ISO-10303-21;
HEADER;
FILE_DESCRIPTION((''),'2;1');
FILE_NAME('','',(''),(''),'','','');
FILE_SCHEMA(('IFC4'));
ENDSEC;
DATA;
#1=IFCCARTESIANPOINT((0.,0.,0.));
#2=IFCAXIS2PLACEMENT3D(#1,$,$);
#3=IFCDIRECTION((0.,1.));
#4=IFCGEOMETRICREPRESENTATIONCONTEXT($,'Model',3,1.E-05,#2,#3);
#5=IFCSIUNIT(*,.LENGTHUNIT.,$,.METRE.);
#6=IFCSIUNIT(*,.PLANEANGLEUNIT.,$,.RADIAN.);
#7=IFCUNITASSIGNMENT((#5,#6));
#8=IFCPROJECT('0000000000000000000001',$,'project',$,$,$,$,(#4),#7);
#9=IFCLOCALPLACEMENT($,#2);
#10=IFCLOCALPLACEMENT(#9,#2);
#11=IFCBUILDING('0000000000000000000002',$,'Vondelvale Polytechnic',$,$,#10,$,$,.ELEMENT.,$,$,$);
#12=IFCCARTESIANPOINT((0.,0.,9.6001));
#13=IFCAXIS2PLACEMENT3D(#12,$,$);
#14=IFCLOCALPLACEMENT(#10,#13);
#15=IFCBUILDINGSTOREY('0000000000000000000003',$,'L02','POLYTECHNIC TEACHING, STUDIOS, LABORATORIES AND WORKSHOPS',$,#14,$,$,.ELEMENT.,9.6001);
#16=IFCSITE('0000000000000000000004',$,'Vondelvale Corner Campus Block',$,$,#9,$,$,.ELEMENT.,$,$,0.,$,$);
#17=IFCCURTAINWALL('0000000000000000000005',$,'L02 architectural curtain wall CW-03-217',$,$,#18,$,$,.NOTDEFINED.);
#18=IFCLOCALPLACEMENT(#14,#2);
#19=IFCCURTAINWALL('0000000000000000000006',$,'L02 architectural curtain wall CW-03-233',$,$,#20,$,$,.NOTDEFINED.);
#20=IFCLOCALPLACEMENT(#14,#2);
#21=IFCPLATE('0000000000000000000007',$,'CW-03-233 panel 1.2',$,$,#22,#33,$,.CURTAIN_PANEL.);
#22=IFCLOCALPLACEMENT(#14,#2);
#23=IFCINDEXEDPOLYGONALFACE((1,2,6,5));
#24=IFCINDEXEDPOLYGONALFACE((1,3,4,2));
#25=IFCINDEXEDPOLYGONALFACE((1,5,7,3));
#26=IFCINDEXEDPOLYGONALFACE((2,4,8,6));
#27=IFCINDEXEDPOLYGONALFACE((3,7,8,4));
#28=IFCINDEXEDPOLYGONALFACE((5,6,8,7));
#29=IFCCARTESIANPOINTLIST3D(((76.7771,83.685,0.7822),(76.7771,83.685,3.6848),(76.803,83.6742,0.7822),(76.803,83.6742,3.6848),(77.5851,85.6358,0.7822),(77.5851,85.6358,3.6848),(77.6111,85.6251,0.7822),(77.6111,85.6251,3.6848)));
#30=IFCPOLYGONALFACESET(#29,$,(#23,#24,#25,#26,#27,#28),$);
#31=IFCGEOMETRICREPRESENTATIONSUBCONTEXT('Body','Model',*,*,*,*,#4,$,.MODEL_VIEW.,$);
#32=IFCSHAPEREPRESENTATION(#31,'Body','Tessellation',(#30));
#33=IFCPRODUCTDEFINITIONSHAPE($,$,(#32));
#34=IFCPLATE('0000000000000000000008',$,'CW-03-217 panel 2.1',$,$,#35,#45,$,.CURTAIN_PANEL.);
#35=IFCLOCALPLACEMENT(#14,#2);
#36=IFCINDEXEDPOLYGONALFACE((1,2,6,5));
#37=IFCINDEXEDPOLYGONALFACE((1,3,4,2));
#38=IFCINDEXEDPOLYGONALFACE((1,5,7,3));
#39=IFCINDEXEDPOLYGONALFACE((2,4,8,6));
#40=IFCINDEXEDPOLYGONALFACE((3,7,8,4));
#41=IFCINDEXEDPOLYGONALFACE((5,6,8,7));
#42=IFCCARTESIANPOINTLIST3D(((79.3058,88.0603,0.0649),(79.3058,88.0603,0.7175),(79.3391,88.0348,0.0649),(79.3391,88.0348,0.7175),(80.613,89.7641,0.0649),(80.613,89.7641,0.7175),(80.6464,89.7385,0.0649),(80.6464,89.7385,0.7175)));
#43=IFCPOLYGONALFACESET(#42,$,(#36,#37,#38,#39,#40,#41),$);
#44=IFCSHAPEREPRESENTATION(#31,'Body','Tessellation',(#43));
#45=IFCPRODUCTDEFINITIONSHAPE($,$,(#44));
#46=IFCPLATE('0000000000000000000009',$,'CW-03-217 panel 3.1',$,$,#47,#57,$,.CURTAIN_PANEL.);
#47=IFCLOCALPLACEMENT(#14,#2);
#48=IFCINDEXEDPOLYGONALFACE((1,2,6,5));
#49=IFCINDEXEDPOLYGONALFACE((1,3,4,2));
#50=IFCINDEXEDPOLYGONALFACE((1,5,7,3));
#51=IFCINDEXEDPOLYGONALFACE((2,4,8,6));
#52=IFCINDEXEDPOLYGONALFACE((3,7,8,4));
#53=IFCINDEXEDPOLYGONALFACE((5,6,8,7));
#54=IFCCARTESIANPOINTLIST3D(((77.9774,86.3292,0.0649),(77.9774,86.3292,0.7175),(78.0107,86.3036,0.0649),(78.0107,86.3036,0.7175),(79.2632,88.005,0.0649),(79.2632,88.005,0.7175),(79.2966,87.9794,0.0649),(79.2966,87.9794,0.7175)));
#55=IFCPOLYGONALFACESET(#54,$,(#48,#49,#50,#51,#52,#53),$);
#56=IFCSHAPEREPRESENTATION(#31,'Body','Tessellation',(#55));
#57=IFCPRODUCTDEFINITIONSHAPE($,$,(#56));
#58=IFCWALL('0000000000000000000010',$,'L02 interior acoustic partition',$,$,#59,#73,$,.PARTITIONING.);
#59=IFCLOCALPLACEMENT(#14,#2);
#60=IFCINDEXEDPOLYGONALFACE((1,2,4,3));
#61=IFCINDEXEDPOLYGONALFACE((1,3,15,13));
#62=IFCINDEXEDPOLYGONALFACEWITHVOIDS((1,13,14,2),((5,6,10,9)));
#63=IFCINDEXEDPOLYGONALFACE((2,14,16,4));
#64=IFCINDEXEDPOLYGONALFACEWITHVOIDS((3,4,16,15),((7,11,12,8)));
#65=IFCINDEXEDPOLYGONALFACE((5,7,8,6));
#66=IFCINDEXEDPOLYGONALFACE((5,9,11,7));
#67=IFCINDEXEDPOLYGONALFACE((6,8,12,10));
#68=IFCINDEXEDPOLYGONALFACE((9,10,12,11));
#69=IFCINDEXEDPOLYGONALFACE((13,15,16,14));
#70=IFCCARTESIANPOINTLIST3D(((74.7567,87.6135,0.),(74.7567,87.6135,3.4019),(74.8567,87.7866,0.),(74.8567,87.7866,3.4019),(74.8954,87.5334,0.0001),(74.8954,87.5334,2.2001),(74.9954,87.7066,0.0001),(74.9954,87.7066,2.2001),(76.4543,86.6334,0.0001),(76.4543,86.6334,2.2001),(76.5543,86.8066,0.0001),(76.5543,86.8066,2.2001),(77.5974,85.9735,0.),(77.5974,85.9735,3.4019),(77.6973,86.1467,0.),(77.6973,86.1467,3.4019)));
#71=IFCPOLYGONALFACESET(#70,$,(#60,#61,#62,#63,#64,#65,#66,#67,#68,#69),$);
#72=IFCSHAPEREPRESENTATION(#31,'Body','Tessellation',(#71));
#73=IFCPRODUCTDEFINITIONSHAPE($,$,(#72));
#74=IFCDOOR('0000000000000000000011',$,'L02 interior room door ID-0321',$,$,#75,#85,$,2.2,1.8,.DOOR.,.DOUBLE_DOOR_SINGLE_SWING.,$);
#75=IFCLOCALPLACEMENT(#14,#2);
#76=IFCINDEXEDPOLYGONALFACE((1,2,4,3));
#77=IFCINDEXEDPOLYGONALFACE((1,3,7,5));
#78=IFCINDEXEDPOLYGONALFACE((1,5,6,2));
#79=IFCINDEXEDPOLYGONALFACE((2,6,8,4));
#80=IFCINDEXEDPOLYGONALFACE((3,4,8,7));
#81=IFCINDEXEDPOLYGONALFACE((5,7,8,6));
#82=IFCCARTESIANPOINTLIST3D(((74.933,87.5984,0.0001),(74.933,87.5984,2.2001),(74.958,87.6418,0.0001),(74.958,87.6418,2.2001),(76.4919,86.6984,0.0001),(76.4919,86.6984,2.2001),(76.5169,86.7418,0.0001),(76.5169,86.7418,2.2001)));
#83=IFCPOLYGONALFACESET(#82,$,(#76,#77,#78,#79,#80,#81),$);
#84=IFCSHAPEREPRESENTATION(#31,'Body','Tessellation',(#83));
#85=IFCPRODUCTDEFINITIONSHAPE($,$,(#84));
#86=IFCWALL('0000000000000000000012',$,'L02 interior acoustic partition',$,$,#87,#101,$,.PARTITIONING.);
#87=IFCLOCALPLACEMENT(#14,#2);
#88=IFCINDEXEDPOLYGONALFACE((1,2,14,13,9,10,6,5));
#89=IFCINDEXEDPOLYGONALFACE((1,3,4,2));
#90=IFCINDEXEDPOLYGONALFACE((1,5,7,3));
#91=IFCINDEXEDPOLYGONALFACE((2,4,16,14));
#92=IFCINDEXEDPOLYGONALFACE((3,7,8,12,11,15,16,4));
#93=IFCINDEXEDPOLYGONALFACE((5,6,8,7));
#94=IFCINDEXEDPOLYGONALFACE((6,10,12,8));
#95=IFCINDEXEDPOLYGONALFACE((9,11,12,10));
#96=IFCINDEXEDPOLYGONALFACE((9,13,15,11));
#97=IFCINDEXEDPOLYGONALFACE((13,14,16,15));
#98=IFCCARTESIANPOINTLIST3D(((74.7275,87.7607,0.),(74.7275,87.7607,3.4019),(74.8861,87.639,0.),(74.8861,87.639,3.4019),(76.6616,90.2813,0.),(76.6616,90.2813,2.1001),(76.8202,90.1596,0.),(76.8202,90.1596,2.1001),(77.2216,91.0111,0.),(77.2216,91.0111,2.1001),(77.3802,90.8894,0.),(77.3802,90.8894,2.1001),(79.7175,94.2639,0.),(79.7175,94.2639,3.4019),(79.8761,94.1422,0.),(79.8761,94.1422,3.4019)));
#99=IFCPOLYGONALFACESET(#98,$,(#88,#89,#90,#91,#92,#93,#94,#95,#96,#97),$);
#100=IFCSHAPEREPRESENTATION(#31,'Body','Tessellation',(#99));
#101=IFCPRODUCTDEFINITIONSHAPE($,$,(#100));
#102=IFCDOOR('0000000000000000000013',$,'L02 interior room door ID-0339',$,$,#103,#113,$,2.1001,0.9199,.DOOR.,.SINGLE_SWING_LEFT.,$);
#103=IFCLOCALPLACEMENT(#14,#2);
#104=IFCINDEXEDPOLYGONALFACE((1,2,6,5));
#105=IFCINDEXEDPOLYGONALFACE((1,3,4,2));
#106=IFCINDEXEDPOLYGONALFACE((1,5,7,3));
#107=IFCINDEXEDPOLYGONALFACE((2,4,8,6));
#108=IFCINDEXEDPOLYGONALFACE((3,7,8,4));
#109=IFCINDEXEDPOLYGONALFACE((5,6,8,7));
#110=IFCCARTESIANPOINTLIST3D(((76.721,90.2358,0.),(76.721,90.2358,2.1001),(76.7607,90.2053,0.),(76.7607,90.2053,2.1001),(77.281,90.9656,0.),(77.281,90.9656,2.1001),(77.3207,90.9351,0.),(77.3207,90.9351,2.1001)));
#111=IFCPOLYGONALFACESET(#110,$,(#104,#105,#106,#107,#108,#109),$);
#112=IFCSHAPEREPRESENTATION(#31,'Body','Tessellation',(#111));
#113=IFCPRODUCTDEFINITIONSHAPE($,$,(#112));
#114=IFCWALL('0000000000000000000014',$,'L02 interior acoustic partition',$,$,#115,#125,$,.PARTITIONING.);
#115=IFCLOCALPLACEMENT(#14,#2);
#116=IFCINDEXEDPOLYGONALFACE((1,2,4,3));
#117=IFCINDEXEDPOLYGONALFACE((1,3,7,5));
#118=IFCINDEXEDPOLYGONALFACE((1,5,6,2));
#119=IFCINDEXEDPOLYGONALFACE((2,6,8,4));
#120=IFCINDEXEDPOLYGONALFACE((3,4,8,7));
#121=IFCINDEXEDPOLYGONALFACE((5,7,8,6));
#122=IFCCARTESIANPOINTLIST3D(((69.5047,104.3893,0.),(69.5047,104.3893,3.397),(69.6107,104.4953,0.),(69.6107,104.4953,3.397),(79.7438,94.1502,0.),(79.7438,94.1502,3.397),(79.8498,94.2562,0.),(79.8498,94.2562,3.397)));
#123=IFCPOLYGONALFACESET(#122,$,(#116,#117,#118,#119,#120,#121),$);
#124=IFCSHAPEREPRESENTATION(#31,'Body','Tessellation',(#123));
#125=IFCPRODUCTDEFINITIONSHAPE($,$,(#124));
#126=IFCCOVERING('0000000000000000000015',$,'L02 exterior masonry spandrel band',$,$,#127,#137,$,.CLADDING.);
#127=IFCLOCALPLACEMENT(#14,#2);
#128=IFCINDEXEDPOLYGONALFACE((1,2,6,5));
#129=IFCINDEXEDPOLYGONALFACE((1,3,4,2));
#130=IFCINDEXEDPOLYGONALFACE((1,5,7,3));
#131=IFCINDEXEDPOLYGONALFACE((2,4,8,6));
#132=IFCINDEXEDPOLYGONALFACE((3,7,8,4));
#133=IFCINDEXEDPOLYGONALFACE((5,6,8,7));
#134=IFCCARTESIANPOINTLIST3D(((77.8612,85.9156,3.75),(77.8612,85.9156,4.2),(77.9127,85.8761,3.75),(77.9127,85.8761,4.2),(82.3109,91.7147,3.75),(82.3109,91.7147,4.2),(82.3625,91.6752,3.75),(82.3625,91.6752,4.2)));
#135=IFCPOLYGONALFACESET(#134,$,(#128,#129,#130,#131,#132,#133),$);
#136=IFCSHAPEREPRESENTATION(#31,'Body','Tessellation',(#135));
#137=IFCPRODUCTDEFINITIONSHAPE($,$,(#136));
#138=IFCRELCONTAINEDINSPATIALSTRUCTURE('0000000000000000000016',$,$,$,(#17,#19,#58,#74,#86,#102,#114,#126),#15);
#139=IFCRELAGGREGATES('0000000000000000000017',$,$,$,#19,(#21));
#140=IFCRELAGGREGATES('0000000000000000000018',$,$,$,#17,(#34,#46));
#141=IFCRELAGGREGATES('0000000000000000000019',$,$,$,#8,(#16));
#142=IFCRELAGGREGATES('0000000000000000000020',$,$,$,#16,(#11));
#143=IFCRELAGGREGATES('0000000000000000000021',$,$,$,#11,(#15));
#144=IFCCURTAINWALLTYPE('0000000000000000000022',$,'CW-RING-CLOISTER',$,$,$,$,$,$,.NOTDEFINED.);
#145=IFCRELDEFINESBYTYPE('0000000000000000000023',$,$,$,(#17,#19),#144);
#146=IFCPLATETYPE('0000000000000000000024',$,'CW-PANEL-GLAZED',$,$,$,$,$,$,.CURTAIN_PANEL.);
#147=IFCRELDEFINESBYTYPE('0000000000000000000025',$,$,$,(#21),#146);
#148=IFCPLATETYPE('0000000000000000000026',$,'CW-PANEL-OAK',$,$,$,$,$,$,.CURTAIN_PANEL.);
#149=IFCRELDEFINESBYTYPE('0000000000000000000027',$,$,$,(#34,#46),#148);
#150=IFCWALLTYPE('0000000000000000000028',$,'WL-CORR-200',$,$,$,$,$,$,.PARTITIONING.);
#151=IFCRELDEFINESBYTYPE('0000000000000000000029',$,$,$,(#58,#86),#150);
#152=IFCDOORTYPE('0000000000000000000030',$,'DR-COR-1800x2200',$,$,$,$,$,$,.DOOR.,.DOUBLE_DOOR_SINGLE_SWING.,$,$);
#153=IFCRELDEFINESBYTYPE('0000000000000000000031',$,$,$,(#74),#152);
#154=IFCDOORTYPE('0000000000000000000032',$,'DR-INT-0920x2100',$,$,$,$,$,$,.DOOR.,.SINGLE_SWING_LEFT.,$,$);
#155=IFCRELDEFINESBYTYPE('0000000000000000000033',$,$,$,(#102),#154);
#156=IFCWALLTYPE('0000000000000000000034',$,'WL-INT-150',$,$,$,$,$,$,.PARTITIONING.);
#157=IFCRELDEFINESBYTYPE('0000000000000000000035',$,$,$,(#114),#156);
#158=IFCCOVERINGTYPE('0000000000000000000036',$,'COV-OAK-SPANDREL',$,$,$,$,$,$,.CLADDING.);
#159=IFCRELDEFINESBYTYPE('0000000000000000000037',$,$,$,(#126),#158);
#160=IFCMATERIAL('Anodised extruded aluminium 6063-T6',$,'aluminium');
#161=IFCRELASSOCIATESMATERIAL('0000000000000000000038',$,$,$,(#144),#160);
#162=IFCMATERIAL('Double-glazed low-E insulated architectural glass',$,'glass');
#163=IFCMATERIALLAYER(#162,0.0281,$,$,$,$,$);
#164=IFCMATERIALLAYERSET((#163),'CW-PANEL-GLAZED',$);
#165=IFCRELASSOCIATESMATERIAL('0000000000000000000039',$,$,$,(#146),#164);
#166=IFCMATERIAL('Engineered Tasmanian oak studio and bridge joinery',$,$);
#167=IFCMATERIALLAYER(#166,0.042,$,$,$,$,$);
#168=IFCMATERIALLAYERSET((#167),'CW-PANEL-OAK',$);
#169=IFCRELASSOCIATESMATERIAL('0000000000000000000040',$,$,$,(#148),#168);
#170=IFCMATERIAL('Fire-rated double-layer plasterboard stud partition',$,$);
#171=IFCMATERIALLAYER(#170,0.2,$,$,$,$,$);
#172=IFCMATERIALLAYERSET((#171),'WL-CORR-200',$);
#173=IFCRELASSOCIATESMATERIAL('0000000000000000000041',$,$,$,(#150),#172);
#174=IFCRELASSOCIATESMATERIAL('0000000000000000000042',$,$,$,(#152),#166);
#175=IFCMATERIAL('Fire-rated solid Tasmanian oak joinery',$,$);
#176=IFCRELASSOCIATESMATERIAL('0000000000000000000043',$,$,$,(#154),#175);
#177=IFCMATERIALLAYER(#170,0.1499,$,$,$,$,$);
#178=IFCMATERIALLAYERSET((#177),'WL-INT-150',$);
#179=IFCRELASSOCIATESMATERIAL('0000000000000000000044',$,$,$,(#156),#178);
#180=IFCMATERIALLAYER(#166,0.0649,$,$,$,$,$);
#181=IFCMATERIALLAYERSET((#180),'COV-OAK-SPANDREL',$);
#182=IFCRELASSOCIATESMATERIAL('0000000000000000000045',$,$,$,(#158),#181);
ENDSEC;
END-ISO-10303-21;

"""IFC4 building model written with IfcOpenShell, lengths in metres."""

from ifc_helpers import new_model, si_unit, direction, frame, frame_2d, origin, origin_2d, place, context, subcontext, project, spatial, rectangle, extrude, material, layer, layer_set, type_object, element, fill, aggregate, save


model = new_model("IFC4")

# Units and contexts
model_context = context("Model", 3, precision=1e-05, world=origin(), true_north=direction((0.0, 1.0)))
body_context = subcontext(model_context, "Body", "Model", "MODEL_VIEW")
ifc_project = project(units=[si_unit("LENGTHUNIT", "METRE"), si_unit("PLANEANGLEUNIT", "RADIAN")], contexts=[model_context])

# Site, building, storey
site_placement = place(None, origin())
site = spatial("IfcSite", under=ifc_project, at=site_placement, Name="Vondelvale Corner Campus Block", CompositionType="ELEMENT", RefElevation=0.0)
building_placement = place(site_placement, origin())
building = spatial("IfcBuilding", under=site, at=building_placement, Name="Vondelvale Polytechnic", CompositionType="ELEMENT")
storey_placement = place(building_placement, frame((0.0, 0.0, 9.6001)))
storey = spatial("IfcBuildingStorey", under=building, at=storey_placement, Name="L02", Description="POLYTECHNIC TEACHING, STUDIOS, LABORATORIES AND WORKSHOPS", CompositionType="ELEMENT", Elevation=9.6001)

# Curtain wall
ifc_material_1 = material(Name="Anodised extruded aluminium 6063-T6", Category="aluminium")
curtain_wall_type = type_object("IfcCurtainWallType", Name="CW-RING-CLOISTER", PredefinedType="NOTDEFINED", material=ifc_material_1)
curtain_wall_1_placement = place(storey_placement, origin())
curtain_wall_1 = element("IfcCurtainWall", 1, at=curtain_wall_1_placement, inside=storey, type_object=curtain_wall_type, Name="L02 architectural curtain wall CW-03-217", PredefinedType="NOTDEFINED")

# Curtain wall
curtain_wall_2_placement = place(storey_placement, origin())
curtain_wall_2 = element("IfcCurtainWall", 2, at=curtain_wall_2_placement, inside=storey, type_object=curtain_wall_type, Name="L02 architectural curtain wall CW-03-233", PredefinedType="NOTDEFINED")

# Plates
ifc_material_2 = material(Name="Double-glazed low-E insulated architectural glass", Category="glass")
ifc_layer_1 = layer(ifc_material_2, 0.0281)
ifc_layer_set_1 = layer_set([ifc_layer_1], Name="CW-PANEL-GLAZED")
plate_type_1 = type_object("IfcPlateType", Name="CW-PANEL-GLAZED", PredefinedType="CURTAIN_PANEL", material=ifc_layer_set_1)
plate_1_placement = place(storey_placement, frame((77.1941, 84.655, 0.7822), z_axis=(0.0, 0.0, 1.0), x_axis=(-0.382679, -0.923882, 0.0)))
plate_1 = element("IfcPlate", 3, at=plate_1_placement, type_object=plate_type_1, Name="CW-03-233 panel 1.2", PredefinedType="CURTAIN_PANEL", context=body_context, shape_type="SweptSolid", body=[
    extrude(rectangle(XDim=2.1116, YDim=0.0281, at=origin_2d()), origin(), (0.0, 0.0, 1.0), 2.9026),
])
aggregate(curtain_wall_2, [plate_1])
ifc_material_3 = material(Name="Engineered Tasmanian oak studio and bridge joinery")
ifc_layer_2 = layer(ifc_material_3, 0.042)
ifc_layer_set_2 = layer_set([ifc_layer_2], Name="CW-PANEL-OAK")
plate_type_2 = type_object("IfcPlateType", Name="CW-PANEL-OAK", PredefinedType="CURTAIN_PANEL", material=ifc_layer_set_2)
plate_2_placement = place(storey_placement, frame((79.9761, 88.8994, 0.0649), z_axis=(0.0, 0.0, 1.0), x_axis=(-0.608748, -0.793364, 0.0)))
plate_2 = element("IfcPlate", 4, at=plate_2_placement, type_object=plate_type_2, Name="CW-03-217 panel 2.1", PredefinedType="CURTAIN_PANEL", context=body_context, shape_type="SweptSolid", body=[
    extrude(rectangle(XDim=2.1475, YDim=0.042, at=origin_2d()), origin(), (0.0, 0.0, 1.0), 0.6526),
])
plate_3_placement = place(storey_placement, frame((78.637, 87.1543, 0.0649), z_axis=(0.0, 0.0, 1.0), x_axis=(-0.608748, -0.793364, 0.0)))
plate_3 = element("IfcPlate", 5, at=plate_3_placement, type_object=plate_type_2, Name="CW-03-217 panel 3.1", PredefinedType="CURTAIN_PANEL", context=body_context, shape_type="SweptSolid", body=[
    extrude(rectangle(XDim=2.1123, YDim=0.042, at=origin_2d()), origin(), (0.0, 0.0, 1.0), 0.6526),
])
aggregate(curtain_wall_1, [plate_2, plate_3])

# Walls, openings, doors
ifc_material_4 = material(Name="Fire-rated double-layer plasterboard stud partition")
ifc_layer_3 = layer(ifc_material_4, 0.2)
ifc_layer_set_3 = layer_set([ifc_layer_3], Name="WL-CORR-200")
wall_type_1 = type_object("IfcWallType", Name="WL-CORR-200", PredefinedType="PARTITIONING", material=ifc_layer_set_3)
wall_1_placement = place(storey_placement, frame((77.6475, 86.0601, 0.0), z_axis=(0.0, 0.0, 1.0), x_axis=(-0.866041, 0.499974, 0.0)))
wall_1 = element("IfcWall", 6, at=wall_1_placement, inside=storey, type_object=wall_type_1, Name="L02 interior acoustic partition", PredefinedType="PARTITIONING", context=body_context, shape_type="SweptSolid", body=[
    extrude(rectangle(XDim=3.28, YDim=0.2, at=frame_2d((1.6401, 0.0))), origin(), (0.0, 0.0, 1.0), 3.4019),
])
opening_1_placement = place(wall_1_placement, frame((1.3201, 0.0, 0.0)))
opening_1 = element("IfcOpeningElement", 7, at=opening_1_placement, cuts=wall_1, PredefinedType="OPENING", context=body_context, shape_type="SweptSolid", body=[
    extrude(rectangle(XDim=1.8, YDim=2.2, at=frame_2d((0.8999, 1.1001))), frame((0.0, 0.1099, 0.0), z_axis=(0.0, -1.0, 0.0), x_axis=(1.0, 0.0, 0.0)), (0.0, 0.0, 1.0), 0.22),
])
door_type_1 = type_object("IfcDoorType", Name="DR-COR-1800x2200", OperationType="DOUBLE_DOOR_SINGLE_SWING", PredefinedType="DOOR", material=ifc_material_3)
door_1_placement = place(opening_1_placement, origin())
door_1 = element("IfcDoor", 8, at=door_1_placement, inside=storey, type_object=door_type_1, Name="L02 interior room door ID-0321", OperationType="DOUBLE_DOOR_SINGLE_SWING", OverallHeight=2.2, OverallWidth=1.8, PredefinedType="DOOR", context=body_context, shape_type="SweptSolid", body=[
    extrude(rectangle(XDim=1.8, YDim=2.2, at=frame_2d((0.8999, 1.1001))), frame((0.0, 0.0249, 0.0), z_axis=(0.0, -1.0, 0.0), x_axis=(1.0, 0.0, 0.0)), (0.0, 0.0, 1.0), 0.05),
])
fill(opening_1, door_1)
wall_2_placement = place(storey_placement, frame((79.7969, 94.2031, 0.0), z_axis=(0.0, 0.0, 1.0), x_axis=(-0.608756, -0.793357, 0.0)))
wall_2 = element("IfcWall", 9, at=wall_2_placement, inside=storey, type_object=wall_type_1, Name="L02 interior acoustic partition", PredefinedType="PARTITIONING", context=body_context, shape_type="SweptSolid", body=[
    extrude(rectangle(XDim=8.197, YDim=0.2, at=frame_2d((4.0986, 0.0))), origin(), (0.0, 0.0, 1.0), 3.4019),
])
opening_2_placement = place(wall_2_placement, frame((4.1001, 0.0, 0.0)))
opening_2 = element("IfcOpeningElement", 10, at=opening_2_placement, cuts=wall_2, PredefinedType="OPENING", context=body_context, shape_type="SweptSolid", body=[
    extrude(rectangle(XDim=0.9199, YDim=2.1001, at=frame_2d((0.46, 1.05))), frame((0.0, 0.1099, 0.0), z_axis=(0.0, -1.0, 0.0), x_axis=(1.0, 0.0, 0.0)), (0.0, 0.0, 1.0), 0.22),
])
ifc_material_5 = material(Name="Fire-rated solid Tasmanian oak joinery")
door_type_2 = type_object("IfcDoorType", Name="DR-INT-0920x2100", OperationType="SINGLE_SWING_LEFT", PredefinedType="DOOR", material=ifc_material_5)
door_2_placement = place(opening_2_placement, origin())
door_2 = element("IfcDoor", 11, at=door_2_placement, inside=storey, type_object=door_type_2, Name="L02 interior room door ID-0339", OperationType="SINGLE_SWING_LEFT", OverallHeight=2.1001, OverallWidth=0.9199, PredefinedType="DOOR", context=body_context, shape_type="SweptSolid", body=[
    extrude(rectangle(XDim=0.9199, YDim=2.1001, at=frame_2d((0.46, 1.05))), frame((0.0, 0.0249, 0.0), z_axis=(0.0, -1.0, 0.0), x_axis=(1.0, 0.0, 0.0)), (0.0, 0.0, 1.0), 0.05),
])
fill(opening_2, door_2)

# Wall
ifc_layer_4 = layer(ifc_material_4, 0.1499)
ifc_layer_set_4 = layer_set([ifc_layer_4], Name="WL-INT-150")
wall_type_2 = type_object("IfcWallType", Name="WL-INT-150", PredefinedType="PARTITIONING", material=ifc_layer_set_4)
wall_3_placement = place(storey_placement, frame((79.7969, 94.2031, 0.0), z_axis=(0.0, 0.0, 1.0), x_axis=(-0.707107, 0.707107, 0.0)))
element("IfcWall", 12, at=wall_3_placement, inside=storey, type_object=wall_type_2, Name="L02 interior acoustic partition", PredefinedType="PARTITIONING", context=body_context, shape_type="SweptSolid", body=[
    extrude(rectangle(XDim=14.4802, YDim=0.1499, at=frame_2d((7.2402, 0.0))), origin(), (0.0, 0.0, 1.0), 3.397),
])

# Covering
ifc_layer_5 = layer(ifc_material_3, 0.0649)
ifc_layer_set_5 = layer_set([ifc_layer_5], Name="COV-OAK-SPANDREL")
covering_type = type_object("IfcCoveringType", Name="COV-OAK-SPANDREL", PredefinedType="CLADDING", material=ifc_layer_set_5)
covering_placement = place(storey_placement, frame((80.1118, 88.7954, 3.75), z_axis=(0.0, 0.0, 1.0), x_axis=(-0.608761, -0.793353, 0.0)))
element("IfcCovering", 13, at=covering_placement, inside=storey, type_object=covering_type, Name="L02 exterior masonry spandrel band", PredefinedType="CLADDING", context=body_context, shape_type="SweptSolid", body=[
    extrude(rectangle(XDim=7.3096, YDim=0.0649, at=origin_2d()), origin(), (0.0, 0.0, 1.0), 0.45),
])

save(model, "model.ifc")
